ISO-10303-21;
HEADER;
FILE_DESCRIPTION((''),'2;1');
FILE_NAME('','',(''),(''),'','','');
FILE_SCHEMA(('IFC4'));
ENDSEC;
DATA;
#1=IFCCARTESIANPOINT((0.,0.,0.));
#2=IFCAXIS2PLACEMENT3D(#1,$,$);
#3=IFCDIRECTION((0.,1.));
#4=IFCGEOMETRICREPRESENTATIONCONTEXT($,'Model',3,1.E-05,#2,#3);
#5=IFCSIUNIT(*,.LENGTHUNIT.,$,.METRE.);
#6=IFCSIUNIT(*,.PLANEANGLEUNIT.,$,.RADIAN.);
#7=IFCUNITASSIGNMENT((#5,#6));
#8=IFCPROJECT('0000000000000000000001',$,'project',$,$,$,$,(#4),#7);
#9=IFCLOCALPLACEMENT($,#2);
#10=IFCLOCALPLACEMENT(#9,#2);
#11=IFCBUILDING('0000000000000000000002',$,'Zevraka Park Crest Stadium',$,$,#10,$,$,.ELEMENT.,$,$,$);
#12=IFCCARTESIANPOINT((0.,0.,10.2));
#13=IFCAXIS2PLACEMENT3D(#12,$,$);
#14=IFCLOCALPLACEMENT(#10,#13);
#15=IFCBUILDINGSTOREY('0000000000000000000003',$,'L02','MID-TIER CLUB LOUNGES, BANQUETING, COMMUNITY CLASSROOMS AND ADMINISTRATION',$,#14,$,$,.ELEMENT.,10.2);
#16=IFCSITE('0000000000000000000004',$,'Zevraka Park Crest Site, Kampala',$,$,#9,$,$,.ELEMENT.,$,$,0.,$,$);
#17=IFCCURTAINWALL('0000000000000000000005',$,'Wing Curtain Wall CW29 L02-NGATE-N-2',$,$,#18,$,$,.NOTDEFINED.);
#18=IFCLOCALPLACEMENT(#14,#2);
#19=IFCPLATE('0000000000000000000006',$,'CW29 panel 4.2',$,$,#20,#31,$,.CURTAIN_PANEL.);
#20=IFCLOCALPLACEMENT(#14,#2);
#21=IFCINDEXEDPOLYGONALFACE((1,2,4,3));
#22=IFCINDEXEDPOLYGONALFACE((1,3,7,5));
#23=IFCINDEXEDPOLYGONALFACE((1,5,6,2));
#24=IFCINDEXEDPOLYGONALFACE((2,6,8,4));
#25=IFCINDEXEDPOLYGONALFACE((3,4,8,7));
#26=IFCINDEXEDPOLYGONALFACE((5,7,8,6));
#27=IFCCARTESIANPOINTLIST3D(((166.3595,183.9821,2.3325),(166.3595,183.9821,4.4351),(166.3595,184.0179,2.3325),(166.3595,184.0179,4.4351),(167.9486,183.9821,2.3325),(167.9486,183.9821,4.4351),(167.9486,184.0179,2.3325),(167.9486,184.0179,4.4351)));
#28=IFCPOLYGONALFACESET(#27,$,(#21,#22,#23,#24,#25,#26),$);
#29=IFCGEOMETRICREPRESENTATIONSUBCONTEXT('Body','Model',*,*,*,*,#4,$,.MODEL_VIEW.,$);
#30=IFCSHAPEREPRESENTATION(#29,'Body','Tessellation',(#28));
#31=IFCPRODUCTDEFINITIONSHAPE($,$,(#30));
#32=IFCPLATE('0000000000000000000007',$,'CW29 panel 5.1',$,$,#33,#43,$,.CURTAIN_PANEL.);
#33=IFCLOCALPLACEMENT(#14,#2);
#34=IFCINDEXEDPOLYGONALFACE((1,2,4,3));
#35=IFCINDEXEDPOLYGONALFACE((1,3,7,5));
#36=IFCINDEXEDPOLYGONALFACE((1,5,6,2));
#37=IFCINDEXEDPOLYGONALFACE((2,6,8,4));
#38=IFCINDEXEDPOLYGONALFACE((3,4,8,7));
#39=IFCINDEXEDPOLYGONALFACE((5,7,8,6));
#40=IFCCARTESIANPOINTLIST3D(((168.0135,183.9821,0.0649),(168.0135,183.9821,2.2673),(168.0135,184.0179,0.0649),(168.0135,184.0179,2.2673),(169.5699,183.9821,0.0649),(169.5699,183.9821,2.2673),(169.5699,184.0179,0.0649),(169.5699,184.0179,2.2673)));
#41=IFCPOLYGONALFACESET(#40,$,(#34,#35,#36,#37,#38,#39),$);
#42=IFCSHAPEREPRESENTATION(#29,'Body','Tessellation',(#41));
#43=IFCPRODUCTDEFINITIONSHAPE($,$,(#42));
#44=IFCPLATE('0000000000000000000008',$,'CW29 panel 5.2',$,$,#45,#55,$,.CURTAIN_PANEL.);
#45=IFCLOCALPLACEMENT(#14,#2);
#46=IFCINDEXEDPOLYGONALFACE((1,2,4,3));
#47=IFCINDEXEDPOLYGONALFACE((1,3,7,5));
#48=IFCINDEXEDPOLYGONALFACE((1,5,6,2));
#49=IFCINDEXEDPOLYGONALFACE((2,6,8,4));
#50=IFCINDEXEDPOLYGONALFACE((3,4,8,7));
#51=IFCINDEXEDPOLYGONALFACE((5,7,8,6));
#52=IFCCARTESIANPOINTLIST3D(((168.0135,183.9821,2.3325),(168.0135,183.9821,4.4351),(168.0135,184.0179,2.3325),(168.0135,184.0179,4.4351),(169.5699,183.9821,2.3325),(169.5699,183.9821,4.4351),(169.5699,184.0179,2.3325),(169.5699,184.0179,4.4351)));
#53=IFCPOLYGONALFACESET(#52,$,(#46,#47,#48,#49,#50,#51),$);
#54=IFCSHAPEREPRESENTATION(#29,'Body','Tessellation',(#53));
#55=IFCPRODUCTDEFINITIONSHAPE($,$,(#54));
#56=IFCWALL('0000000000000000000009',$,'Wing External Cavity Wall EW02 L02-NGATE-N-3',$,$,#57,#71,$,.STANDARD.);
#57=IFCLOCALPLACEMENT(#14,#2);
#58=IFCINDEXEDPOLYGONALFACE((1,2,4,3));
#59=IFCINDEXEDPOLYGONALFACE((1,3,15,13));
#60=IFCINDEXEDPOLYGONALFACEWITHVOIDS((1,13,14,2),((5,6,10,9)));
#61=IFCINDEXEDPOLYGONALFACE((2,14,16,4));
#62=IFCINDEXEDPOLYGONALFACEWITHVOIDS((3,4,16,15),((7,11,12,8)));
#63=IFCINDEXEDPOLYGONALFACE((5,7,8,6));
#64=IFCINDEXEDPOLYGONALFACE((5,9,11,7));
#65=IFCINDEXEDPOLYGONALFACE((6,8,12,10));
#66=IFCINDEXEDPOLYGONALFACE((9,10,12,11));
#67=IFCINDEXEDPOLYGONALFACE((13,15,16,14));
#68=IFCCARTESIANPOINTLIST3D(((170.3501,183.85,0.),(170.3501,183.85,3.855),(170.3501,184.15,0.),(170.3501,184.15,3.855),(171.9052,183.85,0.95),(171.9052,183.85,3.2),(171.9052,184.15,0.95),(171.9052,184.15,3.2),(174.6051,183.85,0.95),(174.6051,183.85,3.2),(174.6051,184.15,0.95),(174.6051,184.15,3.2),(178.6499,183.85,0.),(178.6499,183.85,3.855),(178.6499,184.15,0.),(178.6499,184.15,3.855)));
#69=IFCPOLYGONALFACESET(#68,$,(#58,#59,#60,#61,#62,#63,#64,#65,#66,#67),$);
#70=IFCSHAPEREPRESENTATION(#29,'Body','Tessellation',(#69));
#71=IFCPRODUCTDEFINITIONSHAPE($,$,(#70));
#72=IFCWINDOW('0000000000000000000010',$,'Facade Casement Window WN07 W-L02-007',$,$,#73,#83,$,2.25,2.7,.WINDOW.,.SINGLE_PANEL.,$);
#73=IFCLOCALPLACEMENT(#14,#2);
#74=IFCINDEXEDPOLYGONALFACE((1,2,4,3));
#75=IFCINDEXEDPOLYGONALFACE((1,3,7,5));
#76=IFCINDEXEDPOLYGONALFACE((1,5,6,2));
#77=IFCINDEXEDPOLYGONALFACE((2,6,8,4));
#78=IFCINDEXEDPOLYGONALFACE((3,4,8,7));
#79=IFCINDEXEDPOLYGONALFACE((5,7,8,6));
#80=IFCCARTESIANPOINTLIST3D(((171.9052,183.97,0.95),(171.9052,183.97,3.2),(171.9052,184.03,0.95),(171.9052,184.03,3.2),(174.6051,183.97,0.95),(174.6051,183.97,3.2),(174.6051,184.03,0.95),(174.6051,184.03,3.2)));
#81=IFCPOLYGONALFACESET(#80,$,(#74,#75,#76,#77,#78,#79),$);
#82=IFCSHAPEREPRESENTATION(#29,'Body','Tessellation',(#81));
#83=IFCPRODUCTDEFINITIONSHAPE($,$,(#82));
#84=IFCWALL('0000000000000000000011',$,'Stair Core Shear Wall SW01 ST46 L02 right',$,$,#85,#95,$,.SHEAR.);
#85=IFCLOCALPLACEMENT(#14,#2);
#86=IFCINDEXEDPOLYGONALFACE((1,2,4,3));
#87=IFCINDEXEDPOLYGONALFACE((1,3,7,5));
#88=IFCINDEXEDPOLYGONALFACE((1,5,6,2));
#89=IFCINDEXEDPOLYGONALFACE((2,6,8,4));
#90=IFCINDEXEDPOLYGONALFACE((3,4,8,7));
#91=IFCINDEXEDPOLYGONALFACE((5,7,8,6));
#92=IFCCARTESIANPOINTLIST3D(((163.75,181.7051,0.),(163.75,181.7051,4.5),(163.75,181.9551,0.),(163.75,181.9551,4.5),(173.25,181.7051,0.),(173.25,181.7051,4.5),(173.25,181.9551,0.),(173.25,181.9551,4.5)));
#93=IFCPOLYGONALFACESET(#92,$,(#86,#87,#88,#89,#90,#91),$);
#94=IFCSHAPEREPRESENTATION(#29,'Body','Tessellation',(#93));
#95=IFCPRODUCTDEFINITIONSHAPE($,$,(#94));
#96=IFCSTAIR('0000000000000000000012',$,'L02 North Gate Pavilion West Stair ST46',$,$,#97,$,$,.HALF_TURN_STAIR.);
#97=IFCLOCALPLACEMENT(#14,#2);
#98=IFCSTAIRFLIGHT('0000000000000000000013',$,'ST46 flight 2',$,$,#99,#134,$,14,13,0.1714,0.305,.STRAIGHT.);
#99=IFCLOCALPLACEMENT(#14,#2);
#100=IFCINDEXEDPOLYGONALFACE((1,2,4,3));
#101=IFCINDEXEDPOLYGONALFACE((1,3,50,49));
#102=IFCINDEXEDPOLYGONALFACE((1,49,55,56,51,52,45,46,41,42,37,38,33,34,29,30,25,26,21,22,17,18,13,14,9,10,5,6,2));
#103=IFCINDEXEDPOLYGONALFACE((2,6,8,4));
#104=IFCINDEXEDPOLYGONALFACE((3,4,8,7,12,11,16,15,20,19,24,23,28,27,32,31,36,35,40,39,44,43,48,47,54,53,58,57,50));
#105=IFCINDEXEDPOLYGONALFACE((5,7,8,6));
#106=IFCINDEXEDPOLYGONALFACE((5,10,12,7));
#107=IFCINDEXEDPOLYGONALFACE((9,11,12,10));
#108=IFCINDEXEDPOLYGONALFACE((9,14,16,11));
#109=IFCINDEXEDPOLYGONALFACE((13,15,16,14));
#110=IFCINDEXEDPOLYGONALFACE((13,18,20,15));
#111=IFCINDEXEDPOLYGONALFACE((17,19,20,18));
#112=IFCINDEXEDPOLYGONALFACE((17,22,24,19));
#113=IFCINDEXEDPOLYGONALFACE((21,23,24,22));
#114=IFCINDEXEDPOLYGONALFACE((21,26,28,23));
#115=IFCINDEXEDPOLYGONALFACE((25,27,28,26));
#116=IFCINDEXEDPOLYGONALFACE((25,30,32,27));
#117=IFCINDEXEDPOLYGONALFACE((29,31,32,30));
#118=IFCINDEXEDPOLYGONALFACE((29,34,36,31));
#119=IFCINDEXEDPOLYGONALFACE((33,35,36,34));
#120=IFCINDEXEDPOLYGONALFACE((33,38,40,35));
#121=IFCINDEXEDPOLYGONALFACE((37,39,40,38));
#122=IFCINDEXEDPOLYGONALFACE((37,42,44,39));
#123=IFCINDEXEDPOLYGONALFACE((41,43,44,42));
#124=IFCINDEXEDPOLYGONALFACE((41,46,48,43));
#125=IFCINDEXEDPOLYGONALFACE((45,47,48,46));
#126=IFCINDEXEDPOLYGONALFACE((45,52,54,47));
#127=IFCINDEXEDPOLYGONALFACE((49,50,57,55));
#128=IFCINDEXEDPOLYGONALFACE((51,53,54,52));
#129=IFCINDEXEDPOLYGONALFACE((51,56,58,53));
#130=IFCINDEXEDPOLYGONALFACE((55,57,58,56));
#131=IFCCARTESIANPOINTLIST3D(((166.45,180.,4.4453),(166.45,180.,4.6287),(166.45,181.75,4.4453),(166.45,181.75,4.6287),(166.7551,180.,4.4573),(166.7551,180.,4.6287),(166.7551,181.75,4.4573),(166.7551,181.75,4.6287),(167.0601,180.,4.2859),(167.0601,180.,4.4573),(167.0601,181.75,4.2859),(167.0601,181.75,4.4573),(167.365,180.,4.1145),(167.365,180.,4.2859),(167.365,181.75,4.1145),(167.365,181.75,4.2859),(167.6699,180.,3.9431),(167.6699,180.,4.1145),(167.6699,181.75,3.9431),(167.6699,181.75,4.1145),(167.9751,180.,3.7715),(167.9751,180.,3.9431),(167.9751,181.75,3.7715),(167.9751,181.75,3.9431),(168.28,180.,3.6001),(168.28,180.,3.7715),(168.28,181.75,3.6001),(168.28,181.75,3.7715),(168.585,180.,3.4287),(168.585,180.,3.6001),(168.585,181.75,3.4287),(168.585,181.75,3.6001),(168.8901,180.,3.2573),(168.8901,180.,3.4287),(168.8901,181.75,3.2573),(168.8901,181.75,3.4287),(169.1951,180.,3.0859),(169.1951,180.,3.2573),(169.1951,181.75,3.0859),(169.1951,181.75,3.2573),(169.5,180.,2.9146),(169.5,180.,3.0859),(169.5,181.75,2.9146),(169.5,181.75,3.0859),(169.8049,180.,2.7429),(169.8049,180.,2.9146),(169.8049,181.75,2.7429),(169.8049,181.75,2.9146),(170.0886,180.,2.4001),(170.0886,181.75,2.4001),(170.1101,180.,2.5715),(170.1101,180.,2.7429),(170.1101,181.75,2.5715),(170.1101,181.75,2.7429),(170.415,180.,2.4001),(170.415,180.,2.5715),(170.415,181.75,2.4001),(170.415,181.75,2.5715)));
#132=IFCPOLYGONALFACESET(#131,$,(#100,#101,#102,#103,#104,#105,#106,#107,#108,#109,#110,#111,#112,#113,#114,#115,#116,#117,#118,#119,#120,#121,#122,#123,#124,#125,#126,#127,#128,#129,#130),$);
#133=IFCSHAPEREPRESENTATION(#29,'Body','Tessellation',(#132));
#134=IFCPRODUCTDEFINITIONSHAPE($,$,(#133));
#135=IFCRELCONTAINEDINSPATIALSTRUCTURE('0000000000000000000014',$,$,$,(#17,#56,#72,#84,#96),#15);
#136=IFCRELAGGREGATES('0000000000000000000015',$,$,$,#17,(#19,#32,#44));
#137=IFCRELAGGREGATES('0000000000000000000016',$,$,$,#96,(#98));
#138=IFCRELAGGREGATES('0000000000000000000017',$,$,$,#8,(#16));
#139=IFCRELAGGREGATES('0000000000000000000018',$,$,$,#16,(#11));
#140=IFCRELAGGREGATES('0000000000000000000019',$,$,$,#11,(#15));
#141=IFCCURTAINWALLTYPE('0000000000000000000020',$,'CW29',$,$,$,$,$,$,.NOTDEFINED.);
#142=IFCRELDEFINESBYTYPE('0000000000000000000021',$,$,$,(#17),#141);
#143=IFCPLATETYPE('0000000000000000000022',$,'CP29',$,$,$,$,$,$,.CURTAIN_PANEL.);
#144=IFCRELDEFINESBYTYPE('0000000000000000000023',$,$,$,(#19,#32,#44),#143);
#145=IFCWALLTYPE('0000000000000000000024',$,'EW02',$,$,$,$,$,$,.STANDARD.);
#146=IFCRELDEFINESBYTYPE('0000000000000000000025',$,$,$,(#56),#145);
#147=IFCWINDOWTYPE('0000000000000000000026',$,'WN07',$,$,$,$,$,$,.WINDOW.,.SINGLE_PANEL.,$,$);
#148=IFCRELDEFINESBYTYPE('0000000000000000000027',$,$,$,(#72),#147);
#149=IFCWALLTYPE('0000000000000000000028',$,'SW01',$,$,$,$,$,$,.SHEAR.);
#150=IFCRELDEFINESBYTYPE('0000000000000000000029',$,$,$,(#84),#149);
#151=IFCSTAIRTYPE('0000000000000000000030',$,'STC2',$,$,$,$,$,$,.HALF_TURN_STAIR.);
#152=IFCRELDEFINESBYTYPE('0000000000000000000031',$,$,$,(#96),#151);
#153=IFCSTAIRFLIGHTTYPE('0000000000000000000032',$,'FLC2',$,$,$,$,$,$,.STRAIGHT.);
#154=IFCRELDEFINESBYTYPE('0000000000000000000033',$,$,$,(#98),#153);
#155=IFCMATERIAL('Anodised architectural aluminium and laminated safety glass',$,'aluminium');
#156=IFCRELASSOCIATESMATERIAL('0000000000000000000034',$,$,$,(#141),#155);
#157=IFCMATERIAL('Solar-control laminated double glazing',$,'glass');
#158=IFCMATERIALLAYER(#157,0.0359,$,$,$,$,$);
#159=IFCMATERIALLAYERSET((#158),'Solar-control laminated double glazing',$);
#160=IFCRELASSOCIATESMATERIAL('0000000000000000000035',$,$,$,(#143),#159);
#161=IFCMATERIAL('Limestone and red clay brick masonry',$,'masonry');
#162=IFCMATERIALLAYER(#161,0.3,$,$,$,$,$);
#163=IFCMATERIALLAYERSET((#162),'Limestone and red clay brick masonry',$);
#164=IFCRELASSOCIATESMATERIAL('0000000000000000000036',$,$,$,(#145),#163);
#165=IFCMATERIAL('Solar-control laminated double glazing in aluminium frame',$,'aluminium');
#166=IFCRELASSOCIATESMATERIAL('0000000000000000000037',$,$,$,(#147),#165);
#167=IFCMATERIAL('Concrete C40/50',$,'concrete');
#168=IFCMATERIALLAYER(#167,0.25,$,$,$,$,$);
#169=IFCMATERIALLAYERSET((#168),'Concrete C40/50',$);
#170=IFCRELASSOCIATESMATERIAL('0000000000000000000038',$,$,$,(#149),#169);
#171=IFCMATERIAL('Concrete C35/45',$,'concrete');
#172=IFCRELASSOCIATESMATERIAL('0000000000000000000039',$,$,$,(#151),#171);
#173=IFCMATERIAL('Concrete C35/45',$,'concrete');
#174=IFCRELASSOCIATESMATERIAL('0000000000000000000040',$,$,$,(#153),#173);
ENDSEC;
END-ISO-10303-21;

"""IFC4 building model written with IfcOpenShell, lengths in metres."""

from ifc_helpers import new_model, si_unit, direction, frame, frame_2d, origin, origin_2d, place, context, subcontext, project, spatial, polyline, rectangle, outline, extrude, material, layer, layer_set, type_object, element, fill, aggregate, save


model = new_model("IFC4")

# Units and contexts
model_context = context("Model", 3, precision=1e-05, world=origin(), true_north=direction((0.0, 1.0)))
body_context = subcontext(model_context, "Body", "Model", "MODEL_VIEW")
ifc_project = project(units=[si_unit("LENGTHUNIT", "METRE"), si_unit("PLANEANGLEUNIT", "RADIAN")], contexts=[model_context])

# Site, building, storey
site_placement = place(None, origin())
site = spatial("IfcSite", under=ifc_project, at=site_placement, Name="Zevraka Park Crest Site, Kampala", CompositionType="ELEMENT", RefElevation=0.0)
building_placement = place(site_placement, origin())
building = spatial("IfcBuilding", under=site, at=building_placement, Name="Zevraka Park Crest Stadium", CompositionType="ELEMENT")
storey_placement = place(building_placement, frame((0.0, 0.0, 10.2)))
storey = spatial("IfcBuildingStorey", under=building, at=storey_placement, Name="L02", Description="MID-TIER CLUB LOUNGES, BANQUETING, COMMUNITY CLASSROOMS AND ADMINISTRATION", CompositionType="ELEMENT", Elevation=10.2)

# Curtain wall, plates
ifc_material_1 = material(Name="Anodised architectural aluminium and laminated safety glass", Category="aluminium")
curtain_wall_type = type_object("IfcCurtainWallType", Name="CW29", PredefinedType="NOTDEFINED", material=ifc_material_1)
curtain_wall_placement = place(storey_placement, origin())
curtain_wall = element("IfcCurtainWall", 1, at=curtain_wall_placement, inside=storey, type_object=curtain_wall_type, Name="Wing Curtain Wall CW29 L02-NGATE-N-2", PredefinedType="NOTDEFINED")
ifc_material_2 = material(Name="Solar-control laminated double glazing", Category="glass")
ifc_layer_1 = layer(ifc_material_2, 0.0359)
ifc_layer_set_1 = layer_set([ifc_layer_1], Name="Solar-control laminated double glazing")
plate_type = type_object("IfcPlateType", Name="CP29", PredefinedType="CURTAIN_PANEL", material=ifc_layer_set_1)
plate_1_placement = place(storey_placement, frame((167.1541, 184.0, 2.3325), z_axis=(0.0, 0.0, 1.0), x_axis=(1.0, 0.0, 0.0)))
plate_1 = element("IfcPlate", 2, at=plate_1_placement, type_object=plate_type, Name="CW29 panel 4.2", PredefinedType="CURTAIN_PANEL", context=body_context, shape_type="SweptSolid", body=[
    extrude(rectangle(XDim=1.5891, YDim=0.0359, at=origin_2d()), origin(), (0.0, 0.0, 1.0), 2.1025),
])
plate_2_placement = place(storey_placement, frame((168.7917, 184.0, 0.0649), z_axis=(0.0, 0.0, 1.0), x_axis=(1.0, 0.0, 0.0)))
plate_2 = element("IfcPlate", 3, at=plate_2_placement, type_object=plate_type, Name="CW29 panel 5.1", PredefinedType="CURTAIN_PANEL", context=body_context, shape_type="SweptSolid", body=[
    extrude(rectangle(XDim=1.5564, YDim=0.0359, at=origin_2d()), origin(), (0.0, 0.0, 1.0), 2.2024),
])
plate_3_placement = place(storey_placement, frame((168.7917, 184.0, 2.3325), z_axis=(0.0, 0.0, 1.0), x_axis=(1.0, 0.0, 0.0)))
plate_3 = element("IfcPlate", 4, at=plate_3_placement, type_object=plate_type, Name="CW29 panel 5.2", PredefinedType="CURTAIN_PANEL", context=body_context, shape_type="SweptSolid", body=[
    extrude(rectangle(XDim=1.5564, YDim=0.0359, at=origin_2d()), origin(), (0.0, 0.0, 1.0), 2.1025),
])
aggregate(curtain_wall, [plate_1, plate_2, plate_3])

# Wall, opening, window
ifc_material_3 = material(Name="Limestone and red clay brick masonry", Category="masonry")
ifc_layer_2 = layer(ifc_material_3, 0.3)
ifc_layer_set_2 = layer_set([ifc_layer_2], Name="Limestone and red clay brick masonry")
wall_type_1 = type_object("IfcWallType", Name="EW02", PredefinedType="STANDARD", material=ifc_layer_set_2)
wall_1_placement = place(storey_placement, frame((170.3501, 184.0, 0.0), z_axis=(0.0, 0.0, 1.0), x_axis=(1.0, 0.0, 0.0)))
wall_1 = element("IfcWall", 5, at=wall_1_placement, inside=storey, type_object=wall_type_1, Name="Wing External Cavity Wall EW02 L02-NGATE-N-3", PredefinedType="STANDARD", context=body_context, shape_type="SweptSolid", body=[
    extrude(rectangle(XDim=8.2998, YDim=0.3, at=frame_2d((4.1499, 0.0))), origin(), (0.0, 0.0, 1.0), 3.855),
])
opening_placement = place(wall_1_placement, frame((1.5549, 0.0, 0.95)))
opening = element("IfcOpeningElement", 6, at=opening_placement, cuts=wall_1, PredefinedType="OPENING", context=body_context, shape_type="SweptSolid", body=[
    extrude(rectangle(XDim=2.7, YDim=2.25, at=frame_2d((1.3501, 1.125))), frame((0.0, 0.1599, 0.0), z_axis=(0.0, -1.0, 0.0), x_axis=(1.0, 0.0, 0.0)), (0.0, 0.0, 1.0), 0.3201),
])
ifc_material_4 = material(Name="Solar-control laminated double glazing in aluminium frame", Category="aluminium")
window_type = type_object("IfcWindowType", Name="WN07", PartitioningType="SINGLE_PANEL", PredefinedType="WINDOW", material=ifc_material_4)
window_placement = place(opening_placement, origin())
window = element("IfcWindow", 7, at=window_placement, inside=storey, type_object=window_type, Name="Facade Casement Window WN07 W-L02-007", OverallHeight=2.25, OverallWidth=2.7, PartitioningType="SINGLE_PANEL", PredefinedType="WINDOW", context=body_context, shape_type="SweptSolid", body=[
    extrude(rectangle(XDim=2.7, YDim=2.25, at=frame_2d((1.3501, 1.125))), frame((0.0, 0.03, 0.0), z_axis=(0.0, -1.0, 0.0), x_axis=(1.0, 0.0, 0.0)), (0.0, 0.0, 1.0), 0.0601),
])
fill(opening, window)

# Wall
ifc_material_5 = material(Name="Concrete C40/50", Category="concrete")
ifc_layer_3 = layer(ifc_material_5, 0.25)
ifc_layer_set_3 = layer_set([ifc_layer_3], Name="Concrete C40/50")
wall_type_2 = type_object("IfcWallType", Name="SW01", PredefinedType="SHEAR", material=ifc_layer_set_3)
wall_2_placement = place(storey_placement, frame((173.25, 181.8301, 0.0), z_axis=(0.0, 0.0, 1.0), x_axis=(-1.0, 0.0, 0.0)))
element("IfcWall", 8, at=wall_2_placement, inside=storey, type_object=wall_type_2, Name="Stair Core Shear Wall SW01 ST46 L02 right", PredefinedType="SHEAR", context=body_context, shape_type="SweptSolid", body=[
    extrude(rectangle(XDim=9.5, YDim=0.25, at=frame_2d((4.75, 0.0))), origin(), (0.0, 0.0, 1.0), 4.5),
])

# Stair, stair flight
ifc_material_6 = material(Name="Concrete C35/45", Category="concrete")
stair_type = type_object("IfcStairType", Name="STC2", PredefinedType="HALF_TURN_STAIR", material=ifc_material_6)
stair_placement = place(storey_placement, origin())
stair = element("IfcStair", 9, at=stair_placement, inside=storey, type_object=stair_type, Name="L02 North Gate Pavilion West Stair ST46", PredefinedType="HALF_TURN_STAIR")
ifc_material_7 = material(Name="Concrete C35/45", Category="concrete")
stair_flight_type = type_object("IfcStairFlightType", Name="FLC2", PredefinedType="STRAIGHT", material=ifc_material_7)
stair_flight_placement = place(storey_placement, frame((170.415, 180.875, 2.4001), z_axis=(0.0, 0.0, 1.0), x_axis=(-1.0, 0.0, 0.0)))
stair_flight = element("IfcStairFlight", 10, at=stair_flight_placement, type_object=stair_flight_type, Name="ST46 flight 2", NumberOfRisers=14, NumberOfTreads=13, PredefinedType="STRAIGHT", RiserHeight=0.1714, TreadLength=0.305, context=body_context, shape_type="SweptSolid", body=[
    extrude(outline(polyline([(0.0, 0.0), (0.0, 0.1714), (0.3049, 0.1714), (0.3049, 0.3428), (0.6101, 0.3428), (0.6101, 0.5144), (0.915, 0.5144), (0.915, 0.6858), (1.22, 0.6858), (1.22, 0.8572), (1.5249, 0.8572), (1.5249, 1.0286), (1.8301, 1.0286), (1.8301, 1.2), (2.135, 1.2), (2.135, 1.3713), (2.4399, 1.3713), (2.4399, 1.543), (2.7451, 1.543), (2.7451, 1.7144), (3.05, 1.7144), (3.05, 1.8857), (3.355, 1.8857), (3.355, 2.0571), (3.6599, 2.0571), (3.6599, 2.2285), (3.9651, 2.2285), (3.9651, 2.3999), (3.9651, 2.0452), (0.3264, 0.0), (0.0, 0.0)])), frame((0.0, 0.875, 0.0), z_axis=(0.0, -1.0, 0.0), x_axis=(1.0, 0.0, 0.0)), (0.0, 0.0, 1.0), 1.75),
])
aggregate(stair, [stair_flight])

save(model, "model.ifc")
